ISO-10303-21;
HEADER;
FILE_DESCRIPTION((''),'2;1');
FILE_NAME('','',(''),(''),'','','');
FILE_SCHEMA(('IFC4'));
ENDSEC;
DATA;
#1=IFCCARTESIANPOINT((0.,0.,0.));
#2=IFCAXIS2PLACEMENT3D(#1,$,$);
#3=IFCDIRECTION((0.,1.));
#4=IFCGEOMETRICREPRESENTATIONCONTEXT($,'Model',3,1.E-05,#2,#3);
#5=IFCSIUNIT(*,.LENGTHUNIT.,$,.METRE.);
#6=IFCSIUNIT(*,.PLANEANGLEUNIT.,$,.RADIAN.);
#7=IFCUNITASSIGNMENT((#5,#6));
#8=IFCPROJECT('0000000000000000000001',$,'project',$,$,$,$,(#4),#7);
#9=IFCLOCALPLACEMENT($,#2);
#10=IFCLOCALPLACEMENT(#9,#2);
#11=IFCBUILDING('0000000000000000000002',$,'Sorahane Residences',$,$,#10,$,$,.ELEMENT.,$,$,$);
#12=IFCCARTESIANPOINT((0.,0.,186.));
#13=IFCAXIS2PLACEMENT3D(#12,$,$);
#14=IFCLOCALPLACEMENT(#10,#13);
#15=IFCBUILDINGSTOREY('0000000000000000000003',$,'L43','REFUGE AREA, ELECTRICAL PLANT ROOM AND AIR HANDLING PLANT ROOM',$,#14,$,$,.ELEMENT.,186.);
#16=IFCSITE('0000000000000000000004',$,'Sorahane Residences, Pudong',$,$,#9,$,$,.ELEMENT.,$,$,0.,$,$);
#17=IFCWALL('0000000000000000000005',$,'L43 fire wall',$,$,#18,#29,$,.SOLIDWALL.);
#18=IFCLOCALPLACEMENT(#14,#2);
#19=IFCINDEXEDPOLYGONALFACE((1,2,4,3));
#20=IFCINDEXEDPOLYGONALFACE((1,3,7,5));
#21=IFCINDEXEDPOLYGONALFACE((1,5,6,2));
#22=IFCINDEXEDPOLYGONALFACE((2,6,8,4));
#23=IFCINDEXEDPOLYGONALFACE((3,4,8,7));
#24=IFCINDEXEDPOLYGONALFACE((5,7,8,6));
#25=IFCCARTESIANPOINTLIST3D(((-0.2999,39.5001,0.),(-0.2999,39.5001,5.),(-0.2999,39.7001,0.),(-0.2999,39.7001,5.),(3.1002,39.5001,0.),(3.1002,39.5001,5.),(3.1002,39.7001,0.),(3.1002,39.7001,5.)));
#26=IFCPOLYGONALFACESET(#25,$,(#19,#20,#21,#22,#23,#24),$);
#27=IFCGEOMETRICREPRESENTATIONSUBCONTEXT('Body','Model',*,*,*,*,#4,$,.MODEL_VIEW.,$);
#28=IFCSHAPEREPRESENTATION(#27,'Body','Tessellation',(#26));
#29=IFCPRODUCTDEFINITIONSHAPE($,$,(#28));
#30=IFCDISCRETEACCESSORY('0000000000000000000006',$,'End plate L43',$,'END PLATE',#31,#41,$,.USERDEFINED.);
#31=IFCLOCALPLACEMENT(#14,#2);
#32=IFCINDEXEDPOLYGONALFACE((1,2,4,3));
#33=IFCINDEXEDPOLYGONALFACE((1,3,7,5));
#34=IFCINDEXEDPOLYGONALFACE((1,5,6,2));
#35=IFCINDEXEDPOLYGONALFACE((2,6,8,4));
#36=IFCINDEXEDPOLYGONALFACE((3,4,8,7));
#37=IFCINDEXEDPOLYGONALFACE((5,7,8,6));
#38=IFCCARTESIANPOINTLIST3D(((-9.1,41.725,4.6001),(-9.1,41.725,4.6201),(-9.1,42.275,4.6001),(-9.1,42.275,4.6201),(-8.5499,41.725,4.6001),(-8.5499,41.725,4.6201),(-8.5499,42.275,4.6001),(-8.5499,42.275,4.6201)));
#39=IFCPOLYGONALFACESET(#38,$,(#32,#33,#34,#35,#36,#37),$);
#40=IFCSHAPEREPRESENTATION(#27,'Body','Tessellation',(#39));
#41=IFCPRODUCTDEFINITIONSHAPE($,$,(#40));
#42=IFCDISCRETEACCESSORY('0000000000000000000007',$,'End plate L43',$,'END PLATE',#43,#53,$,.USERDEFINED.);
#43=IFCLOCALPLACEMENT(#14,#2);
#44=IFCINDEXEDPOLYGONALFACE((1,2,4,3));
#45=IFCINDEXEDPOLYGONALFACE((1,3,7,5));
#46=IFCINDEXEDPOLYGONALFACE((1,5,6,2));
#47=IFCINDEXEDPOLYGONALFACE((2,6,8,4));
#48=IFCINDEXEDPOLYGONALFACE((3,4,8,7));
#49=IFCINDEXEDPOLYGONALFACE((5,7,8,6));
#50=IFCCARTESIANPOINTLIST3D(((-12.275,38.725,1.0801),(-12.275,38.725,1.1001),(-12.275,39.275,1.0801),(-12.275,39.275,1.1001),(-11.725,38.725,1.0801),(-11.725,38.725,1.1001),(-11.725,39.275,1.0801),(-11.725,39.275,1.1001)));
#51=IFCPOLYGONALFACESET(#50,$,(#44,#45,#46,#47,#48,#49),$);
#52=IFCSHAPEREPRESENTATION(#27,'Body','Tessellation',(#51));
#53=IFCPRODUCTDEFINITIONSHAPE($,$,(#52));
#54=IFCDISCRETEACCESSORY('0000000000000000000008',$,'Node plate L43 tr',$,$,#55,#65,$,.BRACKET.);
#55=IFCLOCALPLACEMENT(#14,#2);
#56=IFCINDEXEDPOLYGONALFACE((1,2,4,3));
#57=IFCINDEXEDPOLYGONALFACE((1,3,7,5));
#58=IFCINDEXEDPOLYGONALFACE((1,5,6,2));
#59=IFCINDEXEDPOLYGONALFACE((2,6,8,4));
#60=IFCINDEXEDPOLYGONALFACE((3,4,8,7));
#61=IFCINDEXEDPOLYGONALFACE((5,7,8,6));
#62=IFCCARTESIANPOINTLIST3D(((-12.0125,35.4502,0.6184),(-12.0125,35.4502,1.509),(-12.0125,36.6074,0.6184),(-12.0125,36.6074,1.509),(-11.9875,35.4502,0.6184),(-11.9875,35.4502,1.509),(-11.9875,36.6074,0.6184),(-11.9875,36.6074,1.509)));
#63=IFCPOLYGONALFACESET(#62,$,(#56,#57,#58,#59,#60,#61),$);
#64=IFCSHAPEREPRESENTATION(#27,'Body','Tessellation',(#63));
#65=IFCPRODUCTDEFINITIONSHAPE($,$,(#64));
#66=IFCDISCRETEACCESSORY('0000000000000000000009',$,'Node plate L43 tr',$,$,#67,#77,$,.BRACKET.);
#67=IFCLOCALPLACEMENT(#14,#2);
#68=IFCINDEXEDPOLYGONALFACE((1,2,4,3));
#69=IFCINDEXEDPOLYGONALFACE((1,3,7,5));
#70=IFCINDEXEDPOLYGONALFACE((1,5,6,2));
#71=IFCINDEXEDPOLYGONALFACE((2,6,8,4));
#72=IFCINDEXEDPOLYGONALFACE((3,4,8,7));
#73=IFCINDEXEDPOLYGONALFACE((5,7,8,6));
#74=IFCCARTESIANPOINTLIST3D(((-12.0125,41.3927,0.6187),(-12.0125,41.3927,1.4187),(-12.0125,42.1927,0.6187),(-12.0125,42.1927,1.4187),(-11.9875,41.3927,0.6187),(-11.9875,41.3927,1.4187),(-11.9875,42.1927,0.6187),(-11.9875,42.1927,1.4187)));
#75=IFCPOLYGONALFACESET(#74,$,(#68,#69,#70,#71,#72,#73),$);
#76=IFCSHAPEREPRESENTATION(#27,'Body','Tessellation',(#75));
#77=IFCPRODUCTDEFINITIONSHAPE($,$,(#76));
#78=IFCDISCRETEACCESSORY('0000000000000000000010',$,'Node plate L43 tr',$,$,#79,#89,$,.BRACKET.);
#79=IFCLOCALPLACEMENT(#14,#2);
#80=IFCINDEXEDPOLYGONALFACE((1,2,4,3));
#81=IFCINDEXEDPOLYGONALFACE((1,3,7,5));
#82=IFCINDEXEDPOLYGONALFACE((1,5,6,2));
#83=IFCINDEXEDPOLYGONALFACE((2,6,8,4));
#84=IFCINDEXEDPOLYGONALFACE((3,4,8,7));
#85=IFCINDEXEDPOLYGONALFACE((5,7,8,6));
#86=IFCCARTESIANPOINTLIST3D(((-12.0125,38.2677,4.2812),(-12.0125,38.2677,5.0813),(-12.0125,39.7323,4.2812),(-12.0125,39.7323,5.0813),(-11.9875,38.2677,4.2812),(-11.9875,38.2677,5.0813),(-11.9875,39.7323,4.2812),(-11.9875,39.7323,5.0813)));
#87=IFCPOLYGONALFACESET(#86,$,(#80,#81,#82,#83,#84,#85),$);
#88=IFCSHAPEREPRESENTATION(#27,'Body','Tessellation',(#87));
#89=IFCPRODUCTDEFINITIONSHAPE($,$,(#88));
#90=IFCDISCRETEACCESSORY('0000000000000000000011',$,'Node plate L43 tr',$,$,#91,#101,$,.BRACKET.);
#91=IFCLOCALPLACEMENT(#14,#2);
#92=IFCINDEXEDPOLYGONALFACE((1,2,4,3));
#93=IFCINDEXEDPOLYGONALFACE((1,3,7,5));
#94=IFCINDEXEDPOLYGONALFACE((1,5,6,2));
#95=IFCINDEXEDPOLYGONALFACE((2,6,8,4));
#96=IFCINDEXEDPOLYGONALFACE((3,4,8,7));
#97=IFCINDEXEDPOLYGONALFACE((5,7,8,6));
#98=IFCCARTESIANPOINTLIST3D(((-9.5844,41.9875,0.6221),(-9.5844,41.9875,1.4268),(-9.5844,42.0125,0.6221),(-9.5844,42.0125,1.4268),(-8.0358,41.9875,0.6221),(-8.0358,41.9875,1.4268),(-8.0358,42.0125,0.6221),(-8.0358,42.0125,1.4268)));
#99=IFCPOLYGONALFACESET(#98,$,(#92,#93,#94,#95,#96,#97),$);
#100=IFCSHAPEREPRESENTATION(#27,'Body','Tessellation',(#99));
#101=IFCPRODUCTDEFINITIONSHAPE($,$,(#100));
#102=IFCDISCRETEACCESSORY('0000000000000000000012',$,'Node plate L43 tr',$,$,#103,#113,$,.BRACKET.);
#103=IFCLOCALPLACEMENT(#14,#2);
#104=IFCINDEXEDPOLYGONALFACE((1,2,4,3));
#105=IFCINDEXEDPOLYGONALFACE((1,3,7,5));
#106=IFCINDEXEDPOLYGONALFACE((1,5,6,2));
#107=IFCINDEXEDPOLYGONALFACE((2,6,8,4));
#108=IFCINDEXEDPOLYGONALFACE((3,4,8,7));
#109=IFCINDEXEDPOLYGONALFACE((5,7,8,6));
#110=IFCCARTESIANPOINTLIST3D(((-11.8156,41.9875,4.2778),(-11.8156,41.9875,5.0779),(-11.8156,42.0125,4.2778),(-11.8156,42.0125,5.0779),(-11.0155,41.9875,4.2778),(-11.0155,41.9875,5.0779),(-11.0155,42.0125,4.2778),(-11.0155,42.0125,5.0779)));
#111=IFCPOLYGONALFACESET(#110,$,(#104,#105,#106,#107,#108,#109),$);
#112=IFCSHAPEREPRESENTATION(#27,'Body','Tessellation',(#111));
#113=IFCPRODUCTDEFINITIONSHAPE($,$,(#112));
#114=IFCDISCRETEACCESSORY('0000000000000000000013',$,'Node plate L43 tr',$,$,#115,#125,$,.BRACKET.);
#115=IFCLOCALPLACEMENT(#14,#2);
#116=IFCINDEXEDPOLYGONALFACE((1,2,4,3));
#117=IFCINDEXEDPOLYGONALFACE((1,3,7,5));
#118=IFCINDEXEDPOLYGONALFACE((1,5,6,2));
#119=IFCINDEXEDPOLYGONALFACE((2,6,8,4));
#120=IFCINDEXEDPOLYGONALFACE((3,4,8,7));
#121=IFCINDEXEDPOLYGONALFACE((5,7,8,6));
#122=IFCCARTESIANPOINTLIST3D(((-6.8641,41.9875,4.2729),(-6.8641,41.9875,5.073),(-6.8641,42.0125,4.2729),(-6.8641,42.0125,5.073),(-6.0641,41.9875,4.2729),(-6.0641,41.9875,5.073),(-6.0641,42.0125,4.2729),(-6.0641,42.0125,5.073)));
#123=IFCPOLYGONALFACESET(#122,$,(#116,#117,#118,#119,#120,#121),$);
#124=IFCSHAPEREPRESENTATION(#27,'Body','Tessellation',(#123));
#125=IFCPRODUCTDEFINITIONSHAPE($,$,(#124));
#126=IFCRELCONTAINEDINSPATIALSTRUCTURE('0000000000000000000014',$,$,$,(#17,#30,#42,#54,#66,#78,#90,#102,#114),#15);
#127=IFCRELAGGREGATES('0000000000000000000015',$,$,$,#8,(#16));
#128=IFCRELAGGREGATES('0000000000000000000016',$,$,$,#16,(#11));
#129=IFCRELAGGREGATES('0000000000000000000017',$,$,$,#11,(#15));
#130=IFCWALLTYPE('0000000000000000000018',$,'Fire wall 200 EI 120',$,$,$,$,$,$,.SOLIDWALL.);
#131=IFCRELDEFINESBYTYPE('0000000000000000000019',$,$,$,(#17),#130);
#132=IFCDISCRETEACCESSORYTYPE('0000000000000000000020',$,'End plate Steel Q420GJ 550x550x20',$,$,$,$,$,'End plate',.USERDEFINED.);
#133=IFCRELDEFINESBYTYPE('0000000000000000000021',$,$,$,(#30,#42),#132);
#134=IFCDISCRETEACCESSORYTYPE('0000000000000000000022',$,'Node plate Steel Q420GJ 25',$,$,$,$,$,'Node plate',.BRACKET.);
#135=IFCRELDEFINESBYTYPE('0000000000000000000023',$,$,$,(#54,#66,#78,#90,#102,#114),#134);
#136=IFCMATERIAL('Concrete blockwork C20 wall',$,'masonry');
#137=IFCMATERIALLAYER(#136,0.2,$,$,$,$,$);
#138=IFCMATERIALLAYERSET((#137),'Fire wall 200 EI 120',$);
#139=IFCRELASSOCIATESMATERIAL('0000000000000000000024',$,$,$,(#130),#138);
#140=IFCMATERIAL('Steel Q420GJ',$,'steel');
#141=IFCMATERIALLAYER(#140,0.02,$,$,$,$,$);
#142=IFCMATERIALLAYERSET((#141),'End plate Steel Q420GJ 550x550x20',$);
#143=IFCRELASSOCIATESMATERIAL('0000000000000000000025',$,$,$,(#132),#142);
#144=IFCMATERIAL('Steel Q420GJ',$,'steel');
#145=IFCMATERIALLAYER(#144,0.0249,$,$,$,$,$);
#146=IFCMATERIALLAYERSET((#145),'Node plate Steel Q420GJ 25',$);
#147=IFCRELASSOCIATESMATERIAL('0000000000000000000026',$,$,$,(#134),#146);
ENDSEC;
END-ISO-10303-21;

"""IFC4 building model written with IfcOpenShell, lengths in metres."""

from ifc_helpers import new_model, si_unit, direction, frame, frame_2d, origin, origin_2d, place, context, subcontext, project, spatial, rectangle, extrude, material, layer, layer_set, type_object, element, save


model = new_model("IFC4")

# Units and contexts
model_context = context("Model", 3, precision=1e-05, world=origin(), true_north=direction((0.0, 1.0)))
body_context = subcontext(model_context, "Body", "Model", "MODEL_VIEW")
ifc_project = project(units=[si_unit("LENGTHUNIT", "METRE"), si_unit("PLANEANGLEUNIT", "RADIAN")], contexts=[model_context])

# Site, building, storey
site_placement = place(None, origin())
site = spatial("IfcSite", under=ifc_project, at=site_placement, Name="Sorahane Residences, Pudong", CompositionType="ELEMENT", RefElevation=0.0)
building_placement = place(site_placement, origin())
building = spatial("IfcBuilding", under=site, at=building_placement, Name="Sorahane Residences", CompositionType="ELEMENT")
storey_placement = place(building_placement, frame((0.0, 0.0, 186.0)))
storey = spatial("IfcBuildingStorey", under=building, at=storey_placement, Name="L43", Description="REFUGE AREA, ELECTRICAL PLANT ROOM AND AIR HANDLING PLANT ROOM", CompositionType="ELEMENT", Elevation=186.0)

# Wall
ifc_material_1 = material(Name="Concrete blockwork C20 wall", Category="masonry")
ifc_layer_1 = layer(ifc_material_1, 0.2)
ifc_layer_set_1 = layer_set([ifc_layer_1], Name="Fire wall 200 EI 120")
wall_type = type_object("IfcWallType", Name="Fire wall 200 EI 120", PredefinedType="SOLIDWALL", material=ifc_layer_set_1)
wall_placement = place(storey_placement, frame((-0.3, 39.6001, 0.0), z_axis=(0.0, 0.0, 1.0), x_axis=(1.0, 0.0, 0.0)))
element("IfcWall", 1, at=wall_placement, inside=storey, type_object=wall_type, Name="L43 fire wall", PredefinedType="SOLIDWALL", context=body_context, shape_type="SweptSolid", body=[
    extrude(rectangle(XDim=3.4001, YDim=0.2, at=frame_2d((1.7002, 0.0))), origin(), (0.0, 0.0, 1.0), 5.0),
])

# Discrete accessories
ifc_material_2 = material(Name="Steel Q420GJ", Category="steel")
ifc_layer_2 = layer(ifc_material_2, 0.02)
ifc_layer_set_2 = layer_set([ifc_layer_2], Name="End plate Steel Q420GJ 550x550x20")
discrete_accessory_type_1 = type_object("IfcDiscreteAccessoryType", Name="End plate Steel Q420GJ 550x550x20", ElementType="End plate", PredefinedType="USERDEFINED", material=ifc_layer_set_2)
for number, where, z_axis, x_axis, name in (
    (2, (-8.825, 42.0, 4.6001), (0.0, 0.0, 1.0), (1.0, 0.0, 0.0), "End plate L43"),
    (3, (-12.0, 39.0, 1.0801), (0.0, 0.0, 1.0), (1.0, 0.0, 0.0), "End plate L43"),
):
    element("IfcDiscreteAccessory", number, at=place(storey_placement, frame(where, z_axis=z_axis, x_axis=x_axis)), inside=storey, type_object=discrete_accessory_type_1, Name=name, ObjectType="END PLATE", PredefinedType="USERDEFINED", context=body_context, shape_type="SweptSolid", body=[
        extrude(rectangle(XDim=0.55, YDim=0.55, at=origin_2d()), origin(), (0.0, 0.0, 1.0), 0.02),
    ])
ifc_material_3 = material(Name="Steel Q420GJ", Category="steel")
ifc_layer_3 = layer(ifc_material_3, 0.0249)
ifc_layer_set_3 = layer_set([ifc_layer_3], Name="Node plate Steel Q420GJ 25")
discrete_accessory_type_2 = type_object("IfcDiscreteAccessoryType", Name="Node plate Steel Q420GJ 25", ElementType="Node plate", PredefinedType="BRACKET", material=ifc_layer_set_3)
discrete_accessory_1_placement = place(storey_placement, frame((-12.0, 36.0288, 0.6184), z_axis=(0.0, 0.0, 1.0), x_axis=(0.0, 1.0, 0.0)))
element("IfcDiscreteAccessory", 4, at=discrete_accessory_1_placement, inside=storey, type_object=discrete_accessory_type_2, Name="Node plate L43 tr", PredefinedType="BRACKET", context=body_context, shape_type="SweptSolid", body=[
    extrude(rectangle(XDim=1.1572, YDim=0.0249, at=origin_2d()), origin(), (0.0, 0.0, 1.0), 0.8906),
])
discrete_accessory_2_placement = place(storey_placement, frame((-12.0, 41.7927, 0.6187), z_axis=(0.0, 0.0, 1.0), x_axis=(0.0, 1.0, 0.0)))
element("IfcDiscreteAccessory", 5, at=discrete_accessory_2_placement, inside=storey, type_object=discrete_accessory_type_2, Name="Node plate L43 tr", PredefinedType="BRACKET", context=body_context, shape_type="SweptSolid", body=[
    extrude(rectangle(XDim=0.8, YDim=0.0249, at=origin_2d()), origin(), (0.0, 0.0, 1.0), 0.8),
])
discrete_accessory_3_placement = place(storey_placement, frame((-12.0, 39.0, 4.2812), z_axis=(0.0, 0.0, 1.0), x_axis=(0.0, 1.0, 0.0)))
element("IfcDiscreteAccessory", 6, at=discrete_accessory_3_placement, inside=storey, type_object=discrete_accessory_type_2, Name="Node plate L43 tr", PredefinedType="BRACKET", context=body_context, shape_type="SweptSolid", body=[
    extrude(rectangle(XDim=1.4646, YDim=0.0249, at=origin_2d()), origin(), (0.0, 0.0, 1.0), 0.8),
])
discrete_accessory_4_placement = place(storey_placement, frame((-8.8101, 42.0, 0.6221), z_axis=(0.0, 0.0, 1.0), x_axis=(1.0, 0.0, 0.0)))
element("IfcDiscreteAccessory", 7, at=discrete_accessory_4_placement, inside=storey, type_object=discrete_accessory_type_2, Name="Node plate L43 tr", PredefinedType="BRACKET", context=body_context, shape_type="SweptSolid", body=[
    extrude(rectangle(XDim=1.5486, YDim=0.0249, at=origin_2d()), origin(), (0.0, 0.0, 1.0), 0.8047),
])
for number, where, z_axis, x_axis, name in (
    (8, (-11.4155, 42.0, 4.2778), (0.0, 0.0, 1.0), (1.0, 0.0, 0.0), "Node plate L43 tr"),
    (9, (-6.4641, 42.0, 4.2729), (0.0, 0.0, 1.0), (1.0, 0.0, 0.0), "Node plate L43 tr"),
):
    element("IfcDiscreteAccessory", number, at=place(storey_placement, frame(where, z_axis=z_axis, x_axis=x_axis)), inside=storey, type_object=discrete_accessory_type_2, Name=name, PredefinedType="BRACKET", context=body_context, shape_type="SweptSolid", body=[
        extrude(rectangle(XDim=0.8, YDim=0.0249, at=origin_2d()), origin(), (0.0, 0.0, 1.0), 0.8),
    ])

save(model, "model.ifc")
